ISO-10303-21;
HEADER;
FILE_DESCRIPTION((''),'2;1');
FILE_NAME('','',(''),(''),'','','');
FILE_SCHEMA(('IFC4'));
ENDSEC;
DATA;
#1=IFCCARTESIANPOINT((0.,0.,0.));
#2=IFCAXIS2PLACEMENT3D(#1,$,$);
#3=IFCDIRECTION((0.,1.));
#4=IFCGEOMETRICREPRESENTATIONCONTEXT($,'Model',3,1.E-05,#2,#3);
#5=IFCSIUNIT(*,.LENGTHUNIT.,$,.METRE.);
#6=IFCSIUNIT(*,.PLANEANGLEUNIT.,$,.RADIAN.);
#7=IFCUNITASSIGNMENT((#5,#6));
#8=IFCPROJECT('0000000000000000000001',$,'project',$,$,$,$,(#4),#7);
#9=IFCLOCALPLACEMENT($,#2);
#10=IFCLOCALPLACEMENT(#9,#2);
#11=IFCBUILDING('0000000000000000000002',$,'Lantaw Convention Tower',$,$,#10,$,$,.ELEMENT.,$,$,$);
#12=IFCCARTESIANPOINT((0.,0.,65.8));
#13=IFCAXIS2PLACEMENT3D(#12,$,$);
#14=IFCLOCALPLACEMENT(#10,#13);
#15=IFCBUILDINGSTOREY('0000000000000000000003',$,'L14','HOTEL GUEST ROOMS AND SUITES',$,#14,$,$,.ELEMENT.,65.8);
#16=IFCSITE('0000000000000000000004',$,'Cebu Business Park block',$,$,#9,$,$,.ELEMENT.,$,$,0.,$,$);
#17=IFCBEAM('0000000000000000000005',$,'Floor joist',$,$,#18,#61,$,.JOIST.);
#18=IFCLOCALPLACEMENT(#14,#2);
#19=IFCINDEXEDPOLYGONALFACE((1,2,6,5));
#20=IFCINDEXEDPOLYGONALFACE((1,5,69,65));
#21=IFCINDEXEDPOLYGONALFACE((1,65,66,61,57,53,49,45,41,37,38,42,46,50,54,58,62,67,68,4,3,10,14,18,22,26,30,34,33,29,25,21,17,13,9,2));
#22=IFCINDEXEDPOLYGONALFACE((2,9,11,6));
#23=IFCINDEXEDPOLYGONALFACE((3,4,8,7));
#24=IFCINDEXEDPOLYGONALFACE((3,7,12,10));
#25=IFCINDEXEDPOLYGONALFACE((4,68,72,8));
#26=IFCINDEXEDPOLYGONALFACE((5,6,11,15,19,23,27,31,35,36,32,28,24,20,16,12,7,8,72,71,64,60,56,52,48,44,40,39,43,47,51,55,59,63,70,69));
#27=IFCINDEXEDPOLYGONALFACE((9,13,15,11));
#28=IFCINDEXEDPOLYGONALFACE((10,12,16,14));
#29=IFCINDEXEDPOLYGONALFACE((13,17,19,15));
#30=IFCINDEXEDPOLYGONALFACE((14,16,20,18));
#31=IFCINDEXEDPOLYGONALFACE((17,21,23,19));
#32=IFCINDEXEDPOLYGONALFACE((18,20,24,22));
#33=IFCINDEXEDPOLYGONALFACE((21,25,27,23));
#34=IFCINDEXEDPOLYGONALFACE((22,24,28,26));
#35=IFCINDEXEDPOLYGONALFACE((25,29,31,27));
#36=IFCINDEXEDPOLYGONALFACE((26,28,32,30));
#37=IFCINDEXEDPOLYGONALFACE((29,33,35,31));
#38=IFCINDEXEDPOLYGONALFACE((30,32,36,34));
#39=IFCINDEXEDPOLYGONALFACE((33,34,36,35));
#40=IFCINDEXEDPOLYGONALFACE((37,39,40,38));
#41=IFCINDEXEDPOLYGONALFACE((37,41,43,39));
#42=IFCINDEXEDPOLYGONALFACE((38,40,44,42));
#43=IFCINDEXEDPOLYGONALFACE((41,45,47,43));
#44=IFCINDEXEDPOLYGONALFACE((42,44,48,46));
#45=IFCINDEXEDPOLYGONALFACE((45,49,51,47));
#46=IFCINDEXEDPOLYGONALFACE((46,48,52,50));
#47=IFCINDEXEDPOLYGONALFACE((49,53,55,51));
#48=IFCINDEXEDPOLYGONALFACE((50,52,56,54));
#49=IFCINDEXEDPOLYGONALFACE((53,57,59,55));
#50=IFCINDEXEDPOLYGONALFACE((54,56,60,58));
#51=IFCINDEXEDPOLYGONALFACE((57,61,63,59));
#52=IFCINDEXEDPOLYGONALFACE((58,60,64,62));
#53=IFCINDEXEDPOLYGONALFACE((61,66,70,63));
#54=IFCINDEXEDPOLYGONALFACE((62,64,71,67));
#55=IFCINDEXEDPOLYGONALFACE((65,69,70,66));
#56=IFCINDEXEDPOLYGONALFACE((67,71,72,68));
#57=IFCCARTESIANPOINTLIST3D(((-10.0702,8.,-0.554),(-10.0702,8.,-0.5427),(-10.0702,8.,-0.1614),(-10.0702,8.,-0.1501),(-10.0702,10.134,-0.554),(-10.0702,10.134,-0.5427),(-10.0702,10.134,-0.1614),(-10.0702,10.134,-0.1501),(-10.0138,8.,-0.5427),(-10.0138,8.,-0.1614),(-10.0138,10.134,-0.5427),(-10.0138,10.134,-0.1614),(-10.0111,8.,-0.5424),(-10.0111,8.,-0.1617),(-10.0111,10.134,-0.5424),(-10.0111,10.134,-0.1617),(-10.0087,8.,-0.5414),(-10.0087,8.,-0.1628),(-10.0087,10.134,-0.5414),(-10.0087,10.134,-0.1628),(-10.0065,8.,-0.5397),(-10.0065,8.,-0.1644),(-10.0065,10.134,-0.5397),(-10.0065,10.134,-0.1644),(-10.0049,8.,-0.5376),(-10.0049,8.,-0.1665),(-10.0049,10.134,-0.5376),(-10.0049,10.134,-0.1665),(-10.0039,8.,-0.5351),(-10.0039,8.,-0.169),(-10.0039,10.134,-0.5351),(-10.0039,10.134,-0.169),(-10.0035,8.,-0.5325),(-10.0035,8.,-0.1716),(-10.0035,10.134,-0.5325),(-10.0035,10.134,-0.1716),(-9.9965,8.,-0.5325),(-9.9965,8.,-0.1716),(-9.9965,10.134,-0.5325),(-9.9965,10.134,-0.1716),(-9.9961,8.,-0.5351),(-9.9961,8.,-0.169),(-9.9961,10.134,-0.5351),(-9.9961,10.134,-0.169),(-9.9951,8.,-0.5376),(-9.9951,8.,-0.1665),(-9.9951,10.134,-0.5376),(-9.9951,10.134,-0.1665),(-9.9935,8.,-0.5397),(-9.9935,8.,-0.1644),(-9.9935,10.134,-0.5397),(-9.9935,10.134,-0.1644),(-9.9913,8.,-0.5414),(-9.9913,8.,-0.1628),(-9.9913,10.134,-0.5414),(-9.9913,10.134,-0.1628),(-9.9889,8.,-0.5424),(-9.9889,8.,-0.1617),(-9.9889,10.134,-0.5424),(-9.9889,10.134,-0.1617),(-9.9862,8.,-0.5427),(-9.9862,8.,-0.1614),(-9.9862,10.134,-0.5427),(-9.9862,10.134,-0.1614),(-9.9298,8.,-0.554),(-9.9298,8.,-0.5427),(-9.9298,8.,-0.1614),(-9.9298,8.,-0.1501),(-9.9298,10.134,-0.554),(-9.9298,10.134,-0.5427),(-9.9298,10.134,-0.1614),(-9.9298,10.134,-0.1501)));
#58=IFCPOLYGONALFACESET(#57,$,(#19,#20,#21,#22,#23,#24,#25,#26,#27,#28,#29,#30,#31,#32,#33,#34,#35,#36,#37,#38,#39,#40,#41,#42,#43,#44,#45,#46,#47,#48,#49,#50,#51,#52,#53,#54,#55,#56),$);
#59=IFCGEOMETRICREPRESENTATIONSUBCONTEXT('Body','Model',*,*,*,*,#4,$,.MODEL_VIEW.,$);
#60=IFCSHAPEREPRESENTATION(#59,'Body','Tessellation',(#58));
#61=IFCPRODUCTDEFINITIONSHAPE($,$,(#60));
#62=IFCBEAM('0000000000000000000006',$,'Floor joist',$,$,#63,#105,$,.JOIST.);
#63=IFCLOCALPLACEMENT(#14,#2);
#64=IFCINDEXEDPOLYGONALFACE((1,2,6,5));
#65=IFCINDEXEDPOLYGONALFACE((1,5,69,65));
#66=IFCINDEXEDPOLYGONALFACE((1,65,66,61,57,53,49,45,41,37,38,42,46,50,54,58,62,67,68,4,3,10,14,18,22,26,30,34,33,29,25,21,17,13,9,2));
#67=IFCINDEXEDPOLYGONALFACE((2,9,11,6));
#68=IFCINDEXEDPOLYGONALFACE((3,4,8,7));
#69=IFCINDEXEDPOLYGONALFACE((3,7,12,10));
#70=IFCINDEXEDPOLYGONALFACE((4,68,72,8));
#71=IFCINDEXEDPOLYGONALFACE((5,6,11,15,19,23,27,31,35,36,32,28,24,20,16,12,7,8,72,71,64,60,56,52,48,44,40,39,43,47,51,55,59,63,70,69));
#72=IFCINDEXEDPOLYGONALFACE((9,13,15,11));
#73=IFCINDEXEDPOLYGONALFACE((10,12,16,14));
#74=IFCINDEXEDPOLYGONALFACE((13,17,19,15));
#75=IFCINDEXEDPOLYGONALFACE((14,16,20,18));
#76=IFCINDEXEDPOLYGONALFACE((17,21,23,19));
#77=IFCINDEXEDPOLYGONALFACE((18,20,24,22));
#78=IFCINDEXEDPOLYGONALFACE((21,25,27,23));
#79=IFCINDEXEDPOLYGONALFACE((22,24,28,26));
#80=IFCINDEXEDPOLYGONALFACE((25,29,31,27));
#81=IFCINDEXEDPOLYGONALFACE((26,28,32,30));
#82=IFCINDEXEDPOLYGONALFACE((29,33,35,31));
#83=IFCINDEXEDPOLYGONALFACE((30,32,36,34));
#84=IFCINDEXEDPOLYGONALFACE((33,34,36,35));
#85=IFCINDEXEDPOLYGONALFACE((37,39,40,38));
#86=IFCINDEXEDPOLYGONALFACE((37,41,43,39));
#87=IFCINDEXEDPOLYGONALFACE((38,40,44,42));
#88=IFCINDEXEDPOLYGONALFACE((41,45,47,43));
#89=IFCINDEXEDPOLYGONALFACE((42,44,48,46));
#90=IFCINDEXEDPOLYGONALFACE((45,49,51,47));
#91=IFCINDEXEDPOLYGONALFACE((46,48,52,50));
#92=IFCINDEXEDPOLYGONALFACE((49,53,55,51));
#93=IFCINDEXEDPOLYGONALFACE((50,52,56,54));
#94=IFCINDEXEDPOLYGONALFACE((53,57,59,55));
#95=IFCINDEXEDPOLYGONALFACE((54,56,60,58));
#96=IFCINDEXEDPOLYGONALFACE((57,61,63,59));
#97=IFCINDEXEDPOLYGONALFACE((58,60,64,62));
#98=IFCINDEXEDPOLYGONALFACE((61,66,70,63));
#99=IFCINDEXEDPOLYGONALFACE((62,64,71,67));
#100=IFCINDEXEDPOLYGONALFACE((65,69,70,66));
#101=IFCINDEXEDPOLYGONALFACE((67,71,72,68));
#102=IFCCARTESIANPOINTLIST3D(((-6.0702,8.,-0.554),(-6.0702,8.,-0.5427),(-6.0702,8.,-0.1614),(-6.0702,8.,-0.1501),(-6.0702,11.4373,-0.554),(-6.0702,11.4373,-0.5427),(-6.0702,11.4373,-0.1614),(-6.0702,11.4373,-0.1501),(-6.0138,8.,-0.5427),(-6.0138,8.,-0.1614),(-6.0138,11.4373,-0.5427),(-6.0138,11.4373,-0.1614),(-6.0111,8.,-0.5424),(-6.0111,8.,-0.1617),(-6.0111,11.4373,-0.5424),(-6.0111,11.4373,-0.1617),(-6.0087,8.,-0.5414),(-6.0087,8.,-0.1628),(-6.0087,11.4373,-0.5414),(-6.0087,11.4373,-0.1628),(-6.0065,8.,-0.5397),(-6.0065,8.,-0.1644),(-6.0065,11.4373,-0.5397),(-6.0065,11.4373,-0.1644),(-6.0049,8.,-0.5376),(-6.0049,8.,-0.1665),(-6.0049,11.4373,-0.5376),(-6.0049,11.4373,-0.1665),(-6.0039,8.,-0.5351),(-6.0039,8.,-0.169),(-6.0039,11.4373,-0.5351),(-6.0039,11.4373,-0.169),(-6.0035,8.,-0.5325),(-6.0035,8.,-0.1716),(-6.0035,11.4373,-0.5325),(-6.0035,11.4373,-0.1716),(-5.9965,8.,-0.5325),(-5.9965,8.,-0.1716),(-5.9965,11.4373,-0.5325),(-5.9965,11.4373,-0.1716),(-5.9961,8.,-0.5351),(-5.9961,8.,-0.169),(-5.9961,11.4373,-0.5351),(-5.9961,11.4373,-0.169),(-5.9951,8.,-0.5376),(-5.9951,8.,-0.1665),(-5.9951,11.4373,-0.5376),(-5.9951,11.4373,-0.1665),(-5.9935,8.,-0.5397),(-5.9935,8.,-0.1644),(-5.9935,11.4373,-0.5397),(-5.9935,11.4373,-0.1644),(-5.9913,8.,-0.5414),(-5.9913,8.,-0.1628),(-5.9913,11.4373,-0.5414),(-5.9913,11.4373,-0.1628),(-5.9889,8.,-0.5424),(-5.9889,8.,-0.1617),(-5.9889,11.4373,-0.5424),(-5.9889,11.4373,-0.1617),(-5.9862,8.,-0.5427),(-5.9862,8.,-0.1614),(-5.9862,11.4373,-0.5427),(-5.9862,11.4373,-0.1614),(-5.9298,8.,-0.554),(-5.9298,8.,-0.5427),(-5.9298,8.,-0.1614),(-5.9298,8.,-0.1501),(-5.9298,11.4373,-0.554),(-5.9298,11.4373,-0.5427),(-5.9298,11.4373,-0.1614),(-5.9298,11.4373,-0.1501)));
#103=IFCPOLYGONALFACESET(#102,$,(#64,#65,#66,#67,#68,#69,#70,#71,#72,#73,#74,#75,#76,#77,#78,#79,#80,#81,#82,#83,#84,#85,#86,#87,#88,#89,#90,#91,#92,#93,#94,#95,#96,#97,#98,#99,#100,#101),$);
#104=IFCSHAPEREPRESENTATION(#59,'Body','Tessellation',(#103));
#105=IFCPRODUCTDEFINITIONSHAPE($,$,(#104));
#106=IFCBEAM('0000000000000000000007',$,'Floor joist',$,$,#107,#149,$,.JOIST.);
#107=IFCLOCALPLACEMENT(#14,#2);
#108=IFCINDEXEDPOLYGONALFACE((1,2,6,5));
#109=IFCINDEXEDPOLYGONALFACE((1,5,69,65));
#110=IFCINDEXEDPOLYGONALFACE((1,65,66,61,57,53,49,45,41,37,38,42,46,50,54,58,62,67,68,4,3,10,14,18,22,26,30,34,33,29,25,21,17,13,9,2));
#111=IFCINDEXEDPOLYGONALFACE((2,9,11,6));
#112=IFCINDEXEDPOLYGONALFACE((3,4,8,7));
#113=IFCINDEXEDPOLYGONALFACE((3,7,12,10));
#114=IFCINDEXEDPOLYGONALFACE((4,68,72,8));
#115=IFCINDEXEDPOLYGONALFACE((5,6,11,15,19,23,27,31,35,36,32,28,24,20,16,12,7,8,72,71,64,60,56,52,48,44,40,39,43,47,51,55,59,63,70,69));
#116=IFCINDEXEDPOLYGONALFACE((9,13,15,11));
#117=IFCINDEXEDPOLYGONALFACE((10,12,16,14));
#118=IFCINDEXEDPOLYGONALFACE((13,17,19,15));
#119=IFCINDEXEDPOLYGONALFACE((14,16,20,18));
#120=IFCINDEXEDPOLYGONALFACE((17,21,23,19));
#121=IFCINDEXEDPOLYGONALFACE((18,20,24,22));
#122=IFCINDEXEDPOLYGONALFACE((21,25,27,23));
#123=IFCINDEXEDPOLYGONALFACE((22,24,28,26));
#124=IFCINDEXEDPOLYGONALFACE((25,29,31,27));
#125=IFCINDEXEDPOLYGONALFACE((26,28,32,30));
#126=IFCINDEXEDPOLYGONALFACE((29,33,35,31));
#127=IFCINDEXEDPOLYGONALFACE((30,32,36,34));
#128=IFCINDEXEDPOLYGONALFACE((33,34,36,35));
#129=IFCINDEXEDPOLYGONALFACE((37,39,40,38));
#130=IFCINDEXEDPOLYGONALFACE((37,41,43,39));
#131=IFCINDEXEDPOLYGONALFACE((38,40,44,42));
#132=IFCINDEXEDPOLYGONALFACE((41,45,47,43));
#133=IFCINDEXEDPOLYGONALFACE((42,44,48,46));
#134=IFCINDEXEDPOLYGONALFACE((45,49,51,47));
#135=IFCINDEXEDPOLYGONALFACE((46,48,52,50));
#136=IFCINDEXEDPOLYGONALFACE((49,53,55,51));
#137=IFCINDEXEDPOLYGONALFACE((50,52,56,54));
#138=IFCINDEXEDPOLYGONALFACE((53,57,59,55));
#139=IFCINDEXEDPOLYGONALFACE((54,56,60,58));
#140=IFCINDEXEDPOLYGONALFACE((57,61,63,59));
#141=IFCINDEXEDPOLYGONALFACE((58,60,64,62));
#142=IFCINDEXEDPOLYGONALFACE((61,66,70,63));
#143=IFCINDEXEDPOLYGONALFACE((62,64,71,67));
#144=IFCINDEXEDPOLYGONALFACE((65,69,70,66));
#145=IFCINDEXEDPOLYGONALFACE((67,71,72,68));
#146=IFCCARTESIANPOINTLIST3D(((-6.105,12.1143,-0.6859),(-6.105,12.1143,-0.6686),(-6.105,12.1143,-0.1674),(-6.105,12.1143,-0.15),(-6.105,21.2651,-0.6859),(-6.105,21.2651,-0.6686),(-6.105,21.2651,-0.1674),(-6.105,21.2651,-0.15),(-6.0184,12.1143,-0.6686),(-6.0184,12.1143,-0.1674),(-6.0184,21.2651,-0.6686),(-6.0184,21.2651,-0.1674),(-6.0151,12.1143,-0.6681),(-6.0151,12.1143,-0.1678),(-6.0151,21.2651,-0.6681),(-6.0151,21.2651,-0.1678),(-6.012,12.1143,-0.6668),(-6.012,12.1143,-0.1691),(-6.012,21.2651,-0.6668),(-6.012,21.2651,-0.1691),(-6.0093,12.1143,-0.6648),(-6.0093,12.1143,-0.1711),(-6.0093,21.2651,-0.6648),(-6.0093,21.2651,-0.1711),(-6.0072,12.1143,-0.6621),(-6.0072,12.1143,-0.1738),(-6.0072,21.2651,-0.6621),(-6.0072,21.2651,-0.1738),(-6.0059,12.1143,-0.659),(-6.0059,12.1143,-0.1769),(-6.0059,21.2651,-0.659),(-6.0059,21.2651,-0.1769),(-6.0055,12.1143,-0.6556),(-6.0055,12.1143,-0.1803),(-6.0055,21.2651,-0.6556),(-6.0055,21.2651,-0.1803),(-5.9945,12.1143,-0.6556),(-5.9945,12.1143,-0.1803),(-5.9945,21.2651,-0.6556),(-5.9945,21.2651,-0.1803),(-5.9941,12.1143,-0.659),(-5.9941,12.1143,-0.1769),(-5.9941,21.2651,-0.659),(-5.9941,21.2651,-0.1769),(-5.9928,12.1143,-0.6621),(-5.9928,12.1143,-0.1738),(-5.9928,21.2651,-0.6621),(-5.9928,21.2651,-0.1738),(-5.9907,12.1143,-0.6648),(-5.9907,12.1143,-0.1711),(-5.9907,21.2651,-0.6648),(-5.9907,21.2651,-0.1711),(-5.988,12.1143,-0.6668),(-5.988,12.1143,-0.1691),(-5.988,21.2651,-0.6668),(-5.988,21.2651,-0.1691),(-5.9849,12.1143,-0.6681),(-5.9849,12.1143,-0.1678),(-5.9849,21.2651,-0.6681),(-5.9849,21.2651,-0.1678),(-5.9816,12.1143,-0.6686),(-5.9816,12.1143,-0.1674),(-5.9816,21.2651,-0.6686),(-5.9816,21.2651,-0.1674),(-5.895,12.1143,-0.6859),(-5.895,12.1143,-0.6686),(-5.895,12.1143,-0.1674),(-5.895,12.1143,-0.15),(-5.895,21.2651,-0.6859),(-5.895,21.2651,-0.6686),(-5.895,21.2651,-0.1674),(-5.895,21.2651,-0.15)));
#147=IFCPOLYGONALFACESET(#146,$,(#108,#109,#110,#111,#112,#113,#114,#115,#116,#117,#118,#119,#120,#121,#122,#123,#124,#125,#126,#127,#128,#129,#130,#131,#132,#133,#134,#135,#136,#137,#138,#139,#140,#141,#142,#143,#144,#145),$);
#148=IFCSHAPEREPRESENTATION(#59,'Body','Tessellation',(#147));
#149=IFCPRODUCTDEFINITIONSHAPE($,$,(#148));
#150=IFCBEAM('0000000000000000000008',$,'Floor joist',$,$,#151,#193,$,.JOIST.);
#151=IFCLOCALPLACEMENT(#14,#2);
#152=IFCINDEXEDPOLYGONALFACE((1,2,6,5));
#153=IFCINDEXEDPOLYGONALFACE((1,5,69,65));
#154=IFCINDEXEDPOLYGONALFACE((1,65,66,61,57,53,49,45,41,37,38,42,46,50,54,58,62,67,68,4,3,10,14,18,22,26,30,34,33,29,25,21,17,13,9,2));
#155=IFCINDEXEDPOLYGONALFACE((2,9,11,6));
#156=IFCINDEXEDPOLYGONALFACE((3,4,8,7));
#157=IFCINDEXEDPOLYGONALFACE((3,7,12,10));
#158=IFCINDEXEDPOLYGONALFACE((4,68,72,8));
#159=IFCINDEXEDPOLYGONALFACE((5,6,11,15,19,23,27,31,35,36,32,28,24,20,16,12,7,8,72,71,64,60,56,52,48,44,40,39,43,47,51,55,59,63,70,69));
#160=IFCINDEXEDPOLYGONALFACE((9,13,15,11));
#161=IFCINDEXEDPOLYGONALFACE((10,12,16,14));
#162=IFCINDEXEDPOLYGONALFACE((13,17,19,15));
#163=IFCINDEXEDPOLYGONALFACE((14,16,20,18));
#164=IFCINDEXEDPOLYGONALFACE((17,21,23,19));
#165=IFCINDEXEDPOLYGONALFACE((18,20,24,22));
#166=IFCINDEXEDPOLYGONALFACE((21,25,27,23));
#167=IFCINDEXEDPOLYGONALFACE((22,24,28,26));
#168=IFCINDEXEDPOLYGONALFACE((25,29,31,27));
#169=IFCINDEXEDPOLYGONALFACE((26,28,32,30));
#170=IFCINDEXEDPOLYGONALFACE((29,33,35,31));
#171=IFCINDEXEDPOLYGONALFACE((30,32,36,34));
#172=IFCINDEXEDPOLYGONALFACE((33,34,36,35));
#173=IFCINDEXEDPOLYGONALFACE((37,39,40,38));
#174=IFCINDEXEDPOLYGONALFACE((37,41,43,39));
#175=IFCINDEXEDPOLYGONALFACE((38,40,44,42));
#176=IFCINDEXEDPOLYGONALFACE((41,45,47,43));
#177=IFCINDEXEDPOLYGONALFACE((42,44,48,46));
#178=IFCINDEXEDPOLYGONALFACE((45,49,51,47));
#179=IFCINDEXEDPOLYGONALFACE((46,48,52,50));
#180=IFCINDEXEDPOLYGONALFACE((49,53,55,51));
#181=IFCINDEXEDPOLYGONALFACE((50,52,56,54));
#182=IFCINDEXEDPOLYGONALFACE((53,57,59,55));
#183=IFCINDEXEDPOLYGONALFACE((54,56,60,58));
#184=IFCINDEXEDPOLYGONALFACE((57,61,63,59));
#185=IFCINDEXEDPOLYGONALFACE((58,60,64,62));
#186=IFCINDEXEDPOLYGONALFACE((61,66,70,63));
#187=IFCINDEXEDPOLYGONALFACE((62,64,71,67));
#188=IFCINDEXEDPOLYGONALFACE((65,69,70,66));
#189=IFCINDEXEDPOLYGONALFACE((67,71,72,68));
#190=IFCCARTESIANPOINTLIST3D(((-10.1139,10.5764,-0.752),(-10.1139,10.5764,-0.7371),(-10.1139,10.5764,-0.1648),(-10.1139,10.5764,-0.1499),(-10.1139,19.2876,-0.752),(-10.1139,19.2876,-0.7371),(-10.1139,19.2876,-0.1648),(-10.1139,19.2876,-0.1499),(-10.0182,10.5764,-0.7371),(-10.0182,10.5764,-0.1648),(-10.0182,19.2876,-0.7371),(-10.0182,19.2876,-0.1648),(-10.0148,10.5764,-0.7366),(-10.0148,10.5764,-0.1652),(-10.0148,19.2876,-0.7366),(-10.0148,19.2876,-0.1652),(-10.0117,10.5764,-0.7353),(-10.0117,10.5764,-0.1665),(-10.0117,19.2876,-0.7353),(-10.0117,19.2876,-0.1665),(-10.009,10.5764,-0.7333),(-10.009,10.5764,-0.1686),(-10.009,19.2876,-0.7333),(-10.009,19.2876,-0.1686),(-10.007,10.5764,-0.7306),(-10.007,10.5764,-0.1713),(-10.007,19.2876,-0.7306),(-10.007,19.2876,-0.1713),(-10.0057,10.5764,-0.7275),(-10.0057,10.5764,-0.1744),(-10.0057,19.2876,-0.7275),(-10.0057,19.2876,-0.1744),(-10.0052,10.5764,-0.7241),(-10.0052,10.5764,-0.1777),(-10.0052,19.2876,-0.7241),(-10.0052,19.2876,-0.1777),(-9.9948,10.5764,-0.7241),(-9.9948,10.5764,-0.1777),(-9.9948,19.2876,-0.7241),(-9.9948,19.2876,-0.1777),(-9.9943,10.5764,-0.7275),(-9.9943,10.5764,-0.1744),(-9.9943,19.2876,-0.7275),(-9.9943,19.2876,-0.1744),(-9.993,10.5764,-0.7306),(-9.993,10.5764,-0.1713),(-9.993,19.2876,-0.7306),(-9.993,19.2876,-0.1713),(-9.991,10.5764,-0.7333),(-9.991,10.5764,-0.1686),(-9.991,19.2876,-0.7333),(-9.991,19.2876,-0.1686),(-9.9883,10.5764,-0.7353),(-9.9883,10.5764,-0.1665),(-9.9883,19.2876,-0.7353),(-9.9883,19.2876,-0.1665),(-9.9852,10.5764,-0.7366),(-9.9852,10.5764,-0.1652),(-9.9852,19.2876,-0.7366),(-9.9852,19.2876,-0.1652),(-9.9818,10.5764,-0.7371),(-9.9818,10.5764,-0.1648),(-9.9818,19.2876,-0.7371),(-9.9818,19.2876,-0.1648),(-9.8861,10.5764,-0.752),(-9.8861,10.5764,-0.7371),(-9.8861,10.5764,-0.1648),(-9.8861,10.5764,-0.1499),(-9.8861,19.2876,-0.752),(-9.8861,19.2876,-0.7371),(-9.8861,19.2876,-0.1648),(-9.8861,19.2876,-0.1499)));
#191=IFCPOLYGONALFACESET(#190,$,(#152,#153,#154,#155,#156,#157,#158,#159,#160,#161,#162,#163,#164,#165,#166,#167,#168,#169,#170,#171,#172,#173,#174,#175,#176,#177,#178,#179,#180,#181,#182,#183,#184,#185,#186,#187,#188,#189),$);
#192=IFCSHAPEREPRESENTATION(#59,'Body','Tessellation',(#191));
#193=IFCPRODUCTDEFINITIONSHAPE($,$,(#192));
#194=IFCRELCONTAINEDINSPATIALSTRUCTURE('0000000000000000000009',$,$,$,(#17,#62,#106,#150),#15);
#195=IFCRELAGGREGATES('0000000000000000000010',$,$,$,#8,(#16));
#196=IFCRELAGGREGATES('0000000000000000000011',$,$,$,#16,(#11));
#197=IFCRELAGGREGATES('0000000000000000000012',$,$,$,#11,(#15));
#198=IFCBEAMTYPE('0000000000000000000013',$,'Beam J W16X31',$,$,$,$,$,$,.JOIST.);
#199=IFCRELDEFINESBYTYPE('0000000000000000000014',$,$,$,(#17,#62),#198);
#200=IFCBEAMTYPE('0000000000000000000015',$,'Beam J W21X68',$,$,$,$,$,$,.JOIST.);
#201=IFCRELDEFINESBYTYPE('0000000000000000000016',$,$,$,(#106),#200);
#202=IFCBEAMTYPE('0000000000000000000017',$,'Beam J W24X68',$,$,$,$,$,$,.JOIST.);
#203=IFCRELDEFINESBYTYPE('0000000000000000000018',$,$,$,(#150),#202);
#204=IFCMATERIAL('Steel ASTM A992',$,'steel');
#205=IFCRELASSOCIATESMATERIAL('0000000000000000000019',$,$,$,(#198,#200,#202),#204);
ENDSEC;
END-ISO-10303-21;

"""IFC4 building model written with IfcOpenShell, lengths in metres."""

from ifc_helpers import new_model, si_unit, direction, frame, origin, origin_2d, place, context, subcontext, project, spatial, i_section, extrude, material, material_profile, profile_set, type_object, element, save


model = new_model("IFC4")

# Units and contexts
model_context = context("Model", 3, precision=1e-05, world=origin(), true_north=direction((0.0, 1.0)))
body_context = subcontext(model_context, "Body", "Model", "MODEL_VIEW")
ifc_project = project(units=[si_unit("LENGTHUNIT", "METRE"), si_unit("PLANEANGLEUNIT", "RADIAN")], contexts=[model_context])

# Site, building, storey
site_placement = place(None, origin())
site = spatial("IfcSite", under=ifc_project, at=site_placement, Name="Cebu Business Park block", CompositionType="ELEMENT", RefElevation=0.0)
building_placement = place(site_placement, origin())
building = spatial("IfcBuilding", under=site, at=building_placement, Name="Lantaw Convention Tower", CompositionType="ELEMENT")
storey_placement = place(building_placement, frame((0.0, 0.0, 65.8)))
storey = spatial("IfcBuildingStorey", under=building, at=storey_placement, Name="L14", Description="HOTEL GUEST ROOMS AND SUITES", CompositionType="ELEMENT", Elevation=65.8)

# Beams
ifc_material_1 = material(Name="Steel ASTM A992", Category="steel")
ifc_material_profile_1 = material_profile(ifc_material_1, i_section(OverallWidth=0.1404, OverallDepth=0.4038, WebThickness=0.0071, FlangeThickness=0.0112, FilletRadius=0.0103, at=origin_2d()), Name="W16X31")
ifc_profile_set_1 = profile_set([ifc_material_profile_1], Name="Steel ASTM A992")
beam_type_1 = type_object("IfcBeamType", Name="Beam J W16X31", PredefinedType="JOIST", material=ifc_profile_set_1)
beam_1_placement = place(storey_placement, frame((-10.0, 8.0, -0.3521), z_axis=(0.0, 1.0, 0.0), x_axis=(-1.0, 0.0, 0.0)))
element("IfcBeam", 1, at=beam_1_placement, inside=storey, type_object=beam_type_1, Name="Floor joist", PredefinedType="JOIST", context=body_context, shape_type="SweptSolid", body=[
    extrude(i_section(OverallWidth=0.1404, OverallDepth=0.4038, WebThickness=0.0071, FlangeThickness=0.0112, FilletRadius=0.0103, at=origin_2d()), origin(), (0.0, 0.0, 1.0), 2.134),
])
beam_2_placement = place(storey_placement, frame((-6.0, 8.0, -0.3521), z_axis=(0.0, 1.0, 0.0), x_axis=(-1.0, 0.0, 0.0)))
element("IfcBeam", 2, at=beam_2_placement, inside=storey, type_object=beam_type_1, Name="Floor joist", PredefinedType="JOIST", context=body_context, shape_type="SweptSolid", body=[
    extrude(i_section(OverallWidth=0.1404, OverallDepth=0.4038, WebThickness=0.0071, FlangeThickness=0.0112, FilletRadius=0.0103, at=origin_2d()), origin(), (0.0, 0.0, 1.0), 3.4373),
])
ifc_material_profile_2 = material_profile(ifc_material_1, i_section(OverallWidth=0.21, OverallDepth=0.5359, WebThickness=0.011, FlangeThickness=0.0173, FilletRadius=0.0129, at=origin_2d()), Name="W21X68")
ifc_profile_set_2 = profile_set([ifc_material_profile_2], Name="Steel ASTM A992")
beam_type_2 = type_object("IfcBeamType", Name="Beam J W21X68", PredefinedType="JOIST", material=ifc_profile_set_2)
beam_3_placement = place(storey_placement, frame((-6.0, 12.1143, -0.418), z_axis=(0.0, 1.0, 0.0), x_axis=(-1.0, 0.0, 0.0)))
element("IfcBeam", 3, at=beam_3_placement, inside=storey, type_object=beam_type_2, Name="Floor joist", PredefinedType="JOIST", context=body_context, shape_type="SweptSolid", body=[
    extrude(i_section(OverallWidth=0.21, OverallDepth=0.5359, WebThickness=0.011, FlangeThickness=0.0173, FilletRadius=0.0129, at=origin_2d()), origin(), (0.0, 0.0, 1.0), 9.1509),
])
ifc_material_profile_3 = material_profile(ifc_material_1, i_section(OverallWidth=0.2278, OverallDepth=0.6021, WebThickness=0.0105, FlangeThickness=0.0149, FilletRadius=0.0129, at=origin_2d()), Name="W24X68")
ifc_profile_set_3 = profile_set([ifc_material_profile_3], Name="Steel ASTM A992")
beam_type_3 = type_object("IfcBeamType", Name="Beam J W24X68", PredefinedType="JOIST", material=ifc_profile_set_3)
beam_4_placement = place(storey_placement, frame((-10.0, 10.5764, -0.4509), z_axis=(0.0, 1.0, 0.0), x_axis=(-1.0, 0.0, 0.0)))
element("IfcBeam", 4, at=beam_4_placement, inside=storey, type_object=beam_type_3, Name="Floor joist", PredefinedType="JOIST", context=body_context, shape_type="SweptSolid", body=[
    extrude(i_section(OverallWidth=0.2278, OverallDepth=0.6021, WebThickness=0.0105, FlangeThickness=0.0149, FilletRadius=0.0129, at=origin_2d()), origin(), (0.0, 0.0, 1.0), 8.7112),
])

save(model, "model.ifc")
